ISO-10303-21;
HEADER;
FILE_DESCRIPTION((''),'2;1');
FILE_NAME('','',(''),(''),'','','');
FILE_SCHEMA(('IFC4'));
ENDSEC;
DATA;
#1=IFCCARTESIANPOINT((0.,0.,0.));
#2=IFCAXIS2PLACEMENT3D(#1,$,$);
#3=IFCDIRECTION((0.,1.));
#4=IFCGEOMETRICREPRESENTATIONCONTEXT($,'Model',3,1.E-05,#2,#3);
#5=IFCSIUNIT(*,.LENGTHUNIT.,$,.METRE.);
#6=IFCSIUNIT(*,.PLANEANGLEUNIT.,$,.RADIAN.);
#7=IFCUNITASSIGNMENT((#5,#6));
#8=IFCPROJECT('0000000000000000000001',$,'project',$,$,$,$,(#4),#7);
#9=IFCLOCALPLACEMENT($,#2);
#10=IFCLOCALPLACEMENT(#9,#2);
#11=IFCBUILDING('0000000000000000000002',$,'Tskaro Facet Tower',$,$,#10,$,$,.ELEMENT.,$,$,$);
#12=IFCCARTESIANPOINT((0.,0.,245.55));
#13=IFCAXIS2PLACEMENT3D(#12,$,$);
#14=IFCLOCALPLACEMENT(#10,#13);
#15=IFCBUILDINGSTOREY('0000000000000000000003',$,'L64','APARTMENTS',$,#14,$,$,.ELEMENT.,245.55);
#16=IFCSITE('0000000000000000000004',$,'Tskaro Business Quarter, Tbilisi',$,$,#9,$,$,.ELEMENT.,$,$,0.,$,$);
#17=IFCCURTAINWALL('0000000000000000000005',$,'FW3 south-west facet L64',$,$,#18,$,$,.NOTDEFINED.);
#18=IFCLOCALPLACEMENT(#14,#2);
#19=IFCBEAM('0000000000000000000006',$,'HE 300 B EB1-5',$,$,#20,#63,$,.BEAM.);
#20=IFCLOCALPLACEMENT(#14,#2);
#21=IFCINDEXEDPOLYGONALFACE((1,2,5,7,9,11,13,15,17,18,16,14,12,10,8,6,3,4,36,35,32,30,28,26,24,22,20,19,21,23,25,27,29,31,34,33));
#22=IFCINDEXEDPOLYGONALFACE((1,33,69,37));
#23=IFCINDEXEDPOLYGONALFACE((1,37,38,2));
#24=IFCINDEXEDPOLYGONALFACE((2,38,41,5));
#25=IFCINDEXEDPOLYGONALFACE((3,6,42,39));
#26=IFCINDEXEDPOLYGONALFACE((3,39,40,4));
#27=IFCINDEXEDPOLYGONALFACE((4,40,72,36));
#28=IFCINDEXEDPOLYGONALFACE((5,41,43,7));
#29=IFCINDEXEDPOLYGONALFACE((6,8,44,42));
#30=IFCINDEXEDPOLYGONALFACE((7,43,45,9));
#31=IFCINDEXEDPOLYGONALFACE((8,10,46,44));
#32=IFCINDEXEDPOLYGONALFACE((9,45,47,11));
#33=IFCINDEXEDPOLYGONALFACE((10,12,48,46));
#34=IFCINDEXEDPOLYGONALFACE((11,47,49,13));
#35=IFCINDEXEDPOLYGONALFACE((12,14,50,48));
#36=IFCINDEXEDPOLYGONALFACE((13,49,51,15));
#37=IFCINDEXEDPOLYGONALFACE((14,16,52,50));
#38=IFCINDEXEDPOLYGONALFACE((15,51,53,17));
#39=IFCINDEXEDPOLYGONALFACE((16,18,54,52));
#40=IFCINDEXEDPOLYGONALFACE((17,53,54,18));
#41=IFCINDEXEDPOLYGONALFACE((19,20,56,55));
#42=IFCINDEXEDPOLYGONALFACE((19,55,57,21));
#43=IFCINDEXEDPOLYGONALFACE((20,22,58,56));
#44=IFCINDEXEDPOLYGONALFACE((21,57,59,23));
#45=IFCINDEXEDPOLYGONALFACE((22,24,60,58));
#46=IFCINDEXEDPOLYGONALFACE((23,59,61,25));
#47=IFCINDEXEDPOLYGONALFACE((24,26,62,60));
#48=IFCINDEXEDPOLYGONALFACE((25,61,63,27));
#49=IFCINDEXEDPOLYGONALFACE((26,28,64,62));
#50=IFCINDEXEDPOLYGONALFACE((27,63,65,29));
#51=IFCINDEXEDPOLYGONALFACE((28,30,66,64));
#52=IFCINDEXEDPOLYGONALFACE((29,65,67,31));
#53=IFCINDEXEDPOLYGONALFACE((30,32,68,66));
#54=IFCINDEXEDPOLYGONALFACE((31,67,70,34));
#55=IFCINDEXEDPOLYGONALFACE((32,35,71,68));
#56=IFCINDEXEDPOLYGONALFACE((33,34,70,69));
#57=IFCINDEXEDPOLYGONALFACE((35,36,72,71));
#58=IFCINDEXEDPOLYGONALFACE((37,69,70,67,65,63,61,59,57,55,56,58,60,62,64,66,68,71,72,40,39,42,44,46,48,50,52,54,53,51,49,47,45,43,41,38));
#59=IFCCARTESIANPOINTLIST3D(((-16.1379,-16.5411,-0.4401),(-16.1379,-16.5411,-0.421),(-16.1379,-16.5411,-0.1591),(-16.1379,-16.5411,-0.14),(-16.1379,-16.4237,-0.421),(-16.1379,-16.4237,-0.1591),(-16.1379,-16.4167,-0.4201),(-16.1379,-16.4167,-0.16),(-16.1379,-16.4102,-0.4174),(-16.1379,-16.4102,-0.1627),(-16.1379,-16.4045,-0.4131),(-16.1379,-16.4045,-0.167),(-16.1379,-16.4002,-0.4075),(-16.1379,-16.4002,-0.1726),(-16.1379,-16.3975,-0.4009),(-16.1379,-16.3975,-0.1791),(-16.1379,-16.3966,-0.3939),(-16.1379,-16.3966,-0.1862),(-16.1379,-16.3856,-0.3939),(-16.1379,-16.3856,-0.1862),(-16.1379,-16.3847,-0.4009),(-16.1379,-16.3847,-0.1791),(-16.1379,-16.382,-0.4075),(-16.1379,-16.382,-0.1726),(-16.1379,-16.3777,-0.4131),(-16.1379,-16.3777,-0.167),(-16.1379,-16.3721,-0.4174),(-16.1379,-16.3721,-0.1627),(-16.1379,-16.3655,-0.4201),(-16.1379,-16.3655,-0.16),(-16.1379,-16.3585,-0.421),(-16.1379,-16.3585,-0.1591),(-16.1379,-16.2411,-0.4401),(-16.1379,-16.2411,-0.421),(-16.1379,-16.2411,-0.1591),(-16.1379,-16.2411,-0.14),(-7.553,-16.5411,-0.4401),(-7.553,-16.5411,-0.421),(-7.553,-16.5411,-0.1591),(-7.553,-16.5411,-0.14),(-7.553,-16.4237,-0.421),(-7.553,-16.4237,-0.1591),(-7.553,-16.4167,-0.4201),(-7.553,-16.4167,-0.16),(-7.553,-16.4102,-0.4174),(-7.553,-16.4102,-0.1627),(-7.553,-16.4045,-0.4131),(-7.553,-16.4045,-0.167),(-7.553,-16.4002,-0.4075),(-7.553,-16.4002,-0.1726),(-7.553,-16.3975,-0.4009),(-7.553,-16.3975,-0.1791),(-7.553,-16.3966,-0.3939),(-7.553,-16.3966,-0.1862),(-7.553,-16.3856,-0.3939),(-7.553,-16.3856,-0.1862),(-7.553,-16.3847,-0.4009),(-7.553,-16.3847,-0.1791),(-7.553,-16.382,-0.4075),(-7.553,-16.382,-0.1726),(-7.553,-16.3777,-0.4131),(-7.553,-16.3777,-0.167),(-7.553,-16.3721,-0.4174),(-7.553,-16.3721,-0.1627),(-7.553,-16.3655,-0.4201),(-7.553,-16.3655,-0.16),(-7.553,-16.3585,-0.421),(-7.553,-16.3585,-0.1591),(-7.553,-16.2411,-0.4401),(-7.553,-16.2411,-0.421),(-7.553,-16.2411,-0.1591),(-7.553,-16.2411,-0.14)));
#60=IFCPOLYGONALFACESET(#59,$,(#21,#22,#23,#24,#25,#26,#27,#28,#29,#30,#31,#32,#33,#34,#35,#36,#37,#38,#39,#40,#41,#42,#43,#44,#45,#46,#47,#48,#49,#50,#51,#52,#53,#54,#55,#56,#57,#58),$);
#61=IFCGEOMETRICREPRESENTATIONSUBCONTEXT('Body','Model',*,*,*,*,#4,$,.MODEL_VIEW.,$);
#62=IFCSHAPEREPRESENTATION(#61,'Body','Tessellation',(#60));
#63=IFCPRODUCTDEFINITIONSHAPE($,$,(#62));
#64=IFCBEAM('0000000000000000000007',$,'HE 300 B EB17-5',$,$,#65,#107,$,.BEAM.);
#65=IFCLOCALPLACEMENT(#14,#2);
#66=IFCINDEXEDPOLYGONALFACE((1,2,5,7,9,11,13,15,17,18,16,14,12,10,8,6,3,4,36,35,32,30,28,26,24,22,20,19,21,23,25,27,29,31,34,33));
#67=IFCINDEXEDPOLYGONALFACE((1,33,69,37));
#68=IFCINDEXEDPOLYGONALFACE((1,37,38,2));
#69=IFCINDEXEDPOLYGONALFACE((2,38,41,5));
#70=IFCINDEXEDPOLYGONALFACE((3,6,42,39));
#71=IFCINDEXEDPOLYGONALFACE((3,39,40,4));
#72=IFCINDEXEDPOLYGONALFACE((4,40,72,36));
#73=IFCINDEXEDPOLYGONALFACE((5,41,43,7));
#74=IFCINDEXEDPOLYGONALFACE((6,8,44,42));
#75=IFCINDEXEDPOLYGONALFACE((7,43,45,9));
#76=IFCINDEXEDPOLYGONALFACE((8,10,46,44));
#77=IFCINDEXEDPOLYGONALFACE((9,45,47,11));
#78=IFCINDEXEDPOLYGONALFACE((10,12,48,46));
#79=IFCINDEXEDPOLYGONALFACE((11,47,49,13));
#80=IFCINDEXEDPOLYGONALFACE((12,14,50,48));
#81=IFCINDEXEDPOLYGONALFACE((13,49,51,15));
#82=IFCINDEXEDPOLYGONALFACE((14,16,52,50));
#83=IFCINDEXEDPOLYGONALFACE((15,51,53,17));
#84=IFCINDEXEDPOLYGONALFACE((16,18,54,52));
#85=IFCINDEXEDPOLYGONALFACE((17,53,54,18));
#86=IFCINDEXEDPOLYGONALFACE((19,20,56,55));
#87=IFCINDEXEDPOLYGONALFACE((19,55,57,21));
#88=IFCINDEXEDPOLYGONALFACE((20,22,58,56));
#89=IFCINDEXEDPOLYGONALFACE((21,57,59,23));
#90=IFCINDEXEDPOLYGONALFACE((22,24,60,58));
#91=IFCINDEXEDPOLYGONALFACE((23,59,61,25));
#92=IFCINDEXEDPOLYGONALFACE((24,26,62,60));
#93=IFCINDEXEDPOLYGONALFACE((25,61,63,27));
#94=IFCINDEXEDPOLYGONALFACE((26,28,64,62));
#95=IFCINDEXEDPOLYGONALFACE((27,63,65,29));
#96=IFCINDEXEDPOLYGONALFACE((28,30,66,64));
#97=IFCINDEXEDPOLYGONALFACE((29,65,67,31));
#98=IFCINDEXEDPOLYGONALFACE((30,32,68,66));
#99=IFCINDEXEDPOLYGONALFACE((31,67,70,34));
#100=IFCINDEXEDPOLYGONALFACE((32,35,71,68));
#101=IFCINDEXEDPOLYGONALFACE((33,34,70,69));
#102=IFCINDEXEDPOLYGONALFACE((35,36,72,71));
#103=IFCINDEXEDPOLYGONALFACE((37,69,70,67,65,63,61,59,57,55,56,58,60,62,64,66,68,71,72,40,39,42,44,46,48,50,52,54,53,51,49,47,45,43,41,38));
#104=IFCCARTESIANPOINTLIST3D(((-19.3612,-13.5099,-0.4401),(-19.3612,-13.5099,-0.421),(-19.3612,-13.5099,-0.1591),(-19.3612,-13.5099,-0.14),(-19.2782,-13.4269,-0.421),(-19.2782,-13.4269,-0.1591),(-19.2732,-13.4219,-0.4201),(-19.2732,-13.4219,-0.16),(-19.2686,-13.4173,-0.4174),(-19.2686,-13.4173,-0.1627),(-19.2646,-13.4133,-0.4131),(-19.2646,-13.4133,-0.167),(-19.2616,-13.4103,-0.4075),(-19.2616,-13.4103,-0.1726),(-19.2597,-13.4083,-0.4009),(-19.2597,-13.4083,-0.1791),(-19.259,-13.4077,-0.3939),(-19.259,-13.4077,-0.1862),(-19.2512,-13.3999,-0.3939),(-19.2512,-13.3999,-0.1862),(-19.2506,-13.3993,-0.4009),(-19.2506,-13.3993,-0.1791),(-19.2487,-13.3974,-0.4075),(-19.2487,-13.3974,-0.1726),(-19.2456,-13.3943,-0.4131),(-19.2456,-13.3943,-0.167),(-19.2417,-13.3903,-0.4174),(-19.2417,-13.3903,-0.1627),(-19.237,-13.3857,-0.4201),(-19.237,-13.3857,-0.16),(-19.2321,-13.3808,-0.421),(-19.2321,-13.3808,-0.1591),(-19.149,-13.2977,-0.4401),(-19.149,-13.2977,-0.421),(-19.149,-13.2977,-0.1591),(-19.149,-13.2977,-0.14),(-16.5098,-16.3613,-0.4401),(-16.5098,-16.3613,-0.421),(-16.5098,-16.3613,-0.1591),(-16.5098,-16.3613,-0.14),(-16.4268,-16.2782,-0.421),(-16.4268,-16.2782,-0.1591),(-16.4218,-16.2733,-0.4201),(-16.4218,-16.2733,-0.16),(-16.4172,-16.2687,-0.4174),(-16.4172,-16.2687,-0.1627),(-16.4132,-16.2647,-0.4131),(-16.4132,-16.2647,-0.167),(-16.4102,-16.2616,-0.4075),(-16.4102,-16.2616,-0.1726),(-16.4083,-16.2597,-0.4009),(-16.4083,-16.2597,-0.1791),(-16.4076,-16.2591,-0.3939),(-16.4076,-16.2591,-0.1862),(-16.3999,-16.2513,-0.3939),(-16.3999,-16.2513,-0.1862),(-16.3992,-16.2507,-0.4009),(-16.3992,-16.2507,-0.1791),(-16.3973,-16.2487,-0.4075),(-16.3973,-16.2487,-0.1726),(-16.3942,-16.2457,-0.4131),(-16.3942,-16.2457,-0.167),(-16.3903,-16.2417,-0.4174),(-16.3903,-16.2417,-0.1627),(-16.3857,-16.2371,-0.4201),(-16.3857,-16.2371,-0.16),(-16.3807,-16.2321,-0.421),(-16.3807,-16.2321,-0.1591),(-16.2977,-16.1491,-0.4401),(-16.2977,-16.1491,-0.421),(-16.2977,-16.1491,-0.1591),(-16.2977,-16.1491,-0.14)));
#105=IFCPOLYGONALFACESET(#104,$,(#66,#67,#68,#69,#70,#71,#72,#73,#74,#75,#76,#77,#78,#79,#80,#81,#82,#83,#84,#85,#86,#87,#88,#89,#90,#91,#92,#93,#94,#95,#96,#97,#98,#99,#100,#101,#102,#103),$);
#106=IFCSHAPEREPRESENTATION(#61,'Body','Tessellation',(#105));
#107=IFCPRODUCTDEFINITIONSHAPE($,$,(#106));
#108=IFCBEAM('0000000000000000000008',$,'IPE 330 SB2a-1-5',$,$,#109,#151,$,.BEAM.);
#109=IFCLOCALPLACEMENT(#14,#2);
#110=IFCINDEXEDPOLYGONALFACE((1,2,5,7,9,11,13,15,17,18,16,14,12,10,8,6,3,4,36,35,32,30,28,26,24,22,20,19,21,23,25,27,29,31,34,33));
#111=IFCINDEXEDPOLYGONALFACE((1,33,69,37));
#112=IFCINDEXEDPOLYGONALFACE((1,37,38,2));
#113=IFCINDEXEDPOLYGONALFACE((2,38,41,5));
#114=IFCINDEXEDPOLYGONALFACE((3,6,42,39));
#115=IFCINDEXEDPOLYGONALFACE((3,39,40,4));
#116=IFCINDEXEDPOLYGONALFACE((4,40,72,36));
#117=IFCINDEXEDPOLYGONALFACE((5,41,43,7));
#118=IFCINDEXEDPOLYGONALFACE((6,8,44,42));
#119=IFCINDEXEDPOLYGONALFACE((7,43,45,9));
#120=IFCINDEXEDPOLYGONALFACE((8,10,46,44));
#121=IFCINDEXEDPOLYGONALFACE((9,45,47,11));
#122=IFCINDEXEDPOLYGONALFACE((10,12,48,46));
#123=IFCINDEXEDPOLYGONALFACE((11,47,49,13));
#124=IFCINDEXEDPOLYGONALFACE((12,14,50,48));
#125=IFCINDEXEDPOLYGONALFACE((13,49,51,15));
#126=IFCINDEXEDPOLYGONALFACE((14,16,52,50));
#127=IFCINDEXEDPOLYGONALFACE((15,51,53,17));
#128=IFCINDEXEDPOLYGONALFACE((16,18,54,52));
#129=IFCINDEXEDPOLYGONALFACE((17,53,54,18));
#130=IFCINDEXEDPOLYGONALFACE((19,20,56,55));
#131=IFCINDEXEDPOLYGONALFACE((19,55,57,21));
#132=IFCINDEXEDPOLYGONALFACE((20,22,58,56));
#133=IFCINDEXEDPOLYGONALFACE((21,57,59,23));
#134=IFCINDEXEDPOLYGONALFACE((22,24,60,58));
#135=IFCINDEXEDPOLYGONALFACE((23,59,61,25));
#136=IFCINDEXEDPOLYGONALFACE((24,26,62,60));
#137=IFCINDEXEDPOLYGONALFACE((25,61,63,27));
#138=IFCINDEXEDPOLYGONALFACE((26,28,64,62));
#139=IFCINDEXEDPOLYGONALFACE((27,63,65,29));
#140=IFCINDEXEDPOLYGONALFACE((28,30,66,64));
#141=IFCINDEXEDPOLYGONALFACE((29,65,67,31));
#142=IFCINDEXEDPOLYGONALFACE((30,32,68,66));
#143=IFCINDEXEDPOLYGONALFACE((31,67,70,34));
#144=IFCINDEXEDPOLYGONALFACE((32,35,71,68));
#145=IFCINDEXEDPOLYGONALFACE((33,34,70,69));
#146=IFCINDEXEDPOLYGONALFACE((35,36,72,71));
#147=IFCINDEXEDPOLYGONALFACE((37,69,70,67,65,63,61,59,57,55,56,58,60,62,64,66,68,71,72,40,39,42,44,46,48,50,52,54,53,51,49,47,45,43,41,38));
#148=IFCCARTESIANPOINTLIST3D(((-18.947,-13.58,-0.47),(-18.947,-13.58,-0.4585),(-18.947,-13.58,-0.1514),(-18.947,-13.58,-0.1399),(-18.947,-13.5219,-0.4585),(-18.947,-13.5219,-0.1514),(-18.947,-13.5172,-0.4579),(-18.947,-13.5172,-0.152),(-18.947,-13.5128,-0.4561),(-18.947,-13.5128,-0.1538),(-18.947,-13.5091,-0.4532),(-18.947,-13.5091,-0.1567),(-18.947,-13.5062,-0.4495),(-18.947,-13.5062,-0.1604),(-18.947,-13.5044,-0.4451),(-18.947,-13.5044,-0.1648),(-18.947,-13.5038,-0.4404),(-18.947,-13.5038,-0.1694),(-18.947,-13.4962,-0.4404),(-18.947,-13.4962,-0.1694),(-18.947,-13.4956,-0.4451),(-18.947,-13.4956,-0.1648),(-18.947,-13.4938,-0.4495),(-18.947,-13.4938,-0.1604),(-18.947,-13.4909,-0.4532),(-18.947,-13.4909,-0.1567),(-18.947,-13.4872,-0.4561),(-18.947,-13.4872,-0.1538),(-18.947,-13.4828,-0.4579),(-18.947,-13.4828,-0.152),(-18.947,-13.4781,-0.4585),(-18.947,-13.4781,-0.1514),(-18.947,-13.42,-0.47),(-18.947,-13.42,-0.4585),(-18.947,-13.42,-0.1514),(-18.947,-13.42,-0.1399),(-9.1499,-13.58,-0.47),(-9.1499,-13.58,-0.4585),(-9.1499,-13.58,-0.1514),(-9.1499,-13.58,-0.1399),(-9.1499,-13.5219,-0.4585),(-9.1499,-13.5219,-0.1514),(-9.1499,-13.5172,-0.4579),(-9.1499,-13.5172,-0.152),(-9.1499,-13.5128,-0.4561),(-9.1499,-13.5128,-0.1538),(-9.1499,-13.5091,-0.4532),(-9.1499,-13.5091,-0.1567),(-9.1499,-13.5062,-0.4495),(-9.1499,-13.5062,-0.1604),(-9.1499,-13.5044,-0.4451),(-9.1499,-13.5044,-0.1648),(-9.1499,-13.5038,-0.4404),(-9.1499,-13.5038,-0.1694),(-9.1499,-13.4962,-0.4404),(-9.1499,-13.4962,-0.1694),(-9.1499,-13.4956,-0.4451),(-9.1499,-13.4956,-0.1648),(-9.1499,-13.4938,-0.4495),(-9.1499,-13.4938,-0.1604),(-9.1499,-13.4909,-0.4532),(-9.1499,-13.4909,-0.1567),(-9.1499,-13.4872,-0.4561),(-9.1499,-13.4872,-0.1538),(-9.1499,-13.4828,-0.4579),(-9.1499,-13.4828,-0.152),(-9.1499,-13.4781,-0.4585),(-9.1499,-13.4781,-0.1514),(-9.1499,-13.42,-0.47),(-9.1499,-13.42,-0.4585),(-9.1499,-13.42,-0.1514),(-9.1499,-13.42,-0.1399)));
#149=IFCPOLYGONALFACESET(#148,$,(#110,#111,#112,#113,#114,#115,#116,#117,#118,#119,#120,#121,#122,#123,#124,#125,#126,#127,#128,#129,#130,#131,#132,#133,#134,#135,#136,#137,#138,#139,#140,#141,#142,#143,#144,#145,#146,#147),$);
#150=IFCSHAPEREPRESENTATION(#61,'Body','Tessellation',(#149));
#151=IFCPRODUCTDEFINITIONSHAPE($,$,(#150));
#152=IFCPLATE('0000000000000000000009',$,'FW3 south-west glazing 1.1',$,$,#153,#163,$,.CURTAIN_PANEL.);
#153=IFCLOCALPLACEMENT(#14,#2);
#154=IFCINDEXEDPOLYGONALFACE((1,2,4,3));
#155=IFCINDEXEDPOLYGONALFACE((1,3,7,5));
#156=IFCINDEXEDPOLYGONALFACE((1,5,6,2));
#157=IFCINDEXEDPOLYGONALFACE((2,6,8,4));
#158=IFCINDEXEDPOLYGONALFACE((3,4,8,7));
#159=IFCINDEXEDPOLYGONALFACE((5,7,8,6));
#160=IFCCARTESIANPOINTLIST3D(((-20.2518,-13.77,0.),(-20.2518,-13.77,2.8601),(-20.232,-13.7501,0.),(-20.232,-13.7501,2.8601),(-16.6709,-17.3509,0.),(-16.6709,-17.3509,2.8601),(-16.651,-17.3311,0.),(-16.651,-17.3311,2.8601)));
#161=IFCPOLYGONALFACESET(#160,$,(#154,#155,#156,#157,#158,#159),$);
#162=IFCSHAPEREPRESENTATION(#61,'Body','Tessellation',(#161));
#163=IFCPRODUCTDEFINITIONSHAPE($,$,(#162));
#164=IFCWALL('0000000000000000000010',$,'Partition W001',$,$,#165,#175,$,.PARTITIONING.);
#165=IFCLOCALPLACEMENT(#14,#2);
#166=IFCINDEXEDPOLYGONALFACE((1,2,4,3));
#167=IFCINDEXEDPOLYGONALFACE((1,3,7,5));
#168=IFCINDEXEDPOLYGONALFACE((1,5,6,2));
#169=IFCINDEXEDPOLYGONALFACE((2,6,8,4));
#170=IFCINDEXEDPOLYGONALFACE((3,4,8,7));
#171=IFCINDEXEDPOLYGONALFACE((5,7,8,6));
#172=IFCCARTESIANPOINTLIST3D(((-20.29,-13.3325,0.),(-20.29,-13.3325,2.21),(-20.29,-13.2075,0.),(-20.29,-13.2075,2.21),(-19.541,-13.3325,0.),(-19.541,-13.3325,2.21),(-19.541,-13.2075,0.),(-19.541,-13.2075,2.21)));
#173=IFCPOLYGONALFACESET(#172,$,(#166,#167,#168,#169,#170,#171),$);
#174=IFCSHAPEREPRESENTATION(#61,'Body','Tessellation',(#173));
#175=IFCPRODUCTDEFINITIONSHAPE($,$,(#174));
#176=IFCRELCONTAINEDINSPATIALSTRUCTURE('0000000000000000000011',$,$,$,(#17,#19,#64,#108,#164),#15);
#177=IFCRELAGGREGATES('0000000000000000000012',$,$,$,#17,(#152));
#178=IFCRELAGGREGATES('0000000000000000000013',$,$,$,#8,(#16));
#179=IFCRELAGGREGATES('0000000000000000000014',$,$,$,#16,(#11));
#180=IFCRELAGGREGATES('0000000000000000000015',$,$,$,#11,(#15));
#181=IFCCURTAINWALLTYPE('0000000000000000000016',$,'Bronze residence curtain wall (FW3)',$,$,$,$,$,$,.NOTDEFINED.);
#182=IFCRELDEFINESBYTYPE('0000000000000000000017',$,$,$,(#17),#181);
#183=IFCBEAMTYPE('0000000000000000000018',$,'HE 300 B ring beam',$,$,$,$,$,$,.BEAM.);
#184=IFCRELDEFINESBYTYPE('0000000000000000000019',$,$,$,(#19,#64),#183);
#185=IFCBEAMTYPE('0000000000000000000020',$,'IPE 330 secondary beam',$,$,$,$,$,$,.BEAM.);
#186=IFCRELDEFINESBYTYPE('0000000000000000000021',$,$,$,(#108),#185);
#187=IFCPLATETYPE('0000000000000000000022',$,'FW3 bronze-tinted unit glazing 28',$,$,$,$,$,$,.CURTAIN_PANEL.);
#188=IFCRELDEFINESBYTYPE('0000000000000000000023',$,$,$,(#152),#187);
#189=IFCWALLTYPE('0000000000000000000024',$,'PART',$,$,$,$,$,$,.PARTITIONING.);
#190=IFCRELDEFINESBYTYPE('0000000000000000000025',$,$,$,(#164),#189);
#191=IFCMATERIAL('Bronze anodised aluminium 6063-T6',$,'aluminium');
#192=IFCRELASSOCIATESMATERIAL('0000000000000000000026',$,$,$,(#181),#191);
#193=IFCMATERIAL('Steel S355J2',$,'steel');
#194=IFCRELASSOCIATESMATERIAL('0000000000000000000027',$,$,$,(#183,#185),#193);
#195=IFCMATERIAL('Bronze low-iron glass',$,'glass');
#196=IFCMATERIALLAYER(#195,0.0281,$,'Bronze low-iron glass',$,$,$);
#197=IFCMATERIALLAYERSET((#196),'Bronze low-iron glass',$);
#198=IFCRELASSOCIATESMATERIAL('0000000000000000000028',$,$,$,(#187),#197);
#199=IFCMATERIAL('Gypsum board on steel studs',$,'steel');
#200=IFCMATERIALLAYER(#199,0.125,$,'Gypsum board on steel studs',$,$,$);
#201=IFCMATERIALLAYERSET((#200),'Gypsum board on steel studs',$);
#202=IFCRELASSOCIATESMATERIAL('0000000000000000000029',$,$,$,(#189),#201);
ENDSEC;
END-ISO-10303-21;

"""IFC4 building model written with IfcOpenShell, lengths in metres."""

from ifc_helpers import new_model, si_unit, direction, frame, frame_2d, origin, origin_2d, place, context, subcontext, project, spatial, rectangle, i_section, extrude, material, layer, layer_set, material_profile, profile_set, type_object, element, aggregate, save


model = new_model("IFC4")

# Units and contexts
model_context = context("Model", 3, precision=1e-05, world=origin(), true_north=direction((0.0, 1.0)))
body_context = subcontext(model_context, "Body", "Model", "MODEL_VIEW")
ifc_project = project(units=[si_unit("LENGTHUNIT", "METRE"), si_unit("PLANEANGLEUNIT", "RADIAN")], contexts=[model_context])

# Site, building, storey
site_placement = place(None, origin())
site = spatial("IfcSite", under=ifc_project, at=site_placement, Name="Tskaro Business Quarter, Tbilisi", CompositionType="ELEMENT", RefElevation=0.0)
building_placement = place(site_placement, origin())
building = spatial("IfcBuilding", under=site, at=building_placement, Name="Tskaro Facet Tower", CompositionType="ELEMENT")
storey_placement = place(building_placement, frame((0.0, 0.0, 245.55)))
storey = spatial("IfcBuildingStorey", under=building, at=storey_placement, Name="L64", Description="APARTMENTS", CompositionType="ELEMENT", Elevation=245.55)

# Shared definitions
ifc_material_1 = material(Name="Steel S355J2", Category="steel")

# Curtain wall
ifc_material_2 = material(Name="Bronze anodised aluminium 6063-T6", Category="aluminium")
curtain_wall_type = type_object("IfcCurtainWallType", Name="Bronze residence curtain wall (FW3)", PredefinedType="NOTDEFINED", material=ifc_material_2)
curtain_wall_1_placement = place(storey_placement, origin())
curtain_wall_1 = element("IfcCurtainWall", 1, at=curtain_wall_1_placement, inside=storey, type_object=curtain_wall_type, Name="FW3 south-west facet L64", PredefinedType="NOTDEFINED")

# Beams
ifc_material_profile_1 = material_profile(ifc_material_1, i_section(OverallWidth=0.3, OverallDepth=0.3, WebThickness=0.011, FlangeThickness=0.019, FilletRadius=0.0271, at=origin_2d()), Name="HE 300 B")
ifc_profile_set_1 = profile_set([ifc_material_profile_1], Name="Steel S355J2")
beam_type_1 = type_object("IfcBeamType", Name="HE 300 B ring beam", PredefinedType="BEAM", material=ifc_profile_set_1)
beam_1_placement = place(storey_placement, frame((-16.1379, -16.3911, -0.29), z_axis=(1.0, 0.0, 0.0), x_axis=(0.0, 1.0, 0.0)))
element("IfcBeam", 2, at=beam_1_placement, inside=storey, type_object=beam_type_1, Name="HE 300 B EB1-5", PredefinedType="BEAM", context=body_context, shape_type="SweptSolid", body=[
    extrude(i_section(OverallWidth=0.3, OverallDepth=0.3, WebThickness=0.011, FlangeThickness=0.019, FilletRadius=0.0271, at=origin_2d()), origin(), (0.0, 0.0, 1.0), 8.585),
])
beam_2_placement = place(storey_placement, frame((-19.2551, -13.4038, -0.29), z_axis=(0.707107, -0.707107, 0.0), x_axis=(0.707107, 0.707107, 0.0)))
element("IfcBeam", 3, at=beam_2_placement, inside=storey, type_object=beam_type_1, Name="HE 300 B EB17-5", PredefinedType="BEAM", context=body_context, shape_type="SweptSolid", body=[
    extrude(i_section(OverallWidth=0.3, OverallDepth=0.3, WebThickness=0.011, FlangeThickness=0.019, FilletRadius=0.0271, at=origin_2d()), origin(), (0.0, 0.0, 1.0), 4.0325),
])
ifc_material_profile_2 = material_profile(ifc_material_1, i_section(OverallWidth=0.1599, OverallDepth=0.3301, WebThickness=0.0076, FlangeThickness=0.0115, FilletRadius=0.0181, at=origin_2d()), Name="IPE 330")
ifc_profile_set_2 = profile_set([ifc_material_profile_2], Name="Steel S355J2")
beam_type_2 = type_object("IfcBeamType", Name="IPE 330 secondary beam", PredefinedType="BEAM", material=ifc_profile_set_2)
beam_3_placement = place(storey_placement, frame((-18.947, -13.5, -0.3049), z_axis=(1.0, 0.0, 0.0), x_axis=(0.0, 1.0, 0.0)))
element("IfcBeam", 4, at=beam_3_placement, inside=storey, type_object=beam_type_2, Name="IPE 330 SB2a-1-5", PredefinedType="BEAM", context=body_context, shape_type="SweptSolid", body=[
    extrude(i_section(OverallWidth=0.1599, OverallDepth=0.3301, WebThickness=0.0076, FlangeThickness=0.0115, FilletRadius=0.0181, at=origin_2d()), origin(), (0.0, 0.0, 1.0), 9.7971),
])

# Plate
ifc_material_3 = material(Name="Bronze low-iron glass", Category="glass")
ifc_layer_1 = layer(ifc_material_3, 0.0281, Name="Bronze low-iron glass")
ifc_layer_set_1 = layer_set([ifc_layer_1], Name="Bronze low-iron glass")
plate_type = type_object("IfcPlateType", Name="FW3 bronze-tinted unit glazing 28", PredefinedType="CURTAIN_PANEL", material=ifc_layer_set_1)
plate_placement = place(storey_placement, frame((-18.4514, -15.5505, 0.0), z_axis=(0.0, 0.0, 1.0), x_axis=(0.707107, -0.707107, 0.0)))
plate = element("IfcPlate", 5, at=plate_placement, type_object=plate_type, Name="FW3 south-west glazing 1.1", PredefinedType="CURTAIN_PANEL", context=body_context, shape_type="SweptSolid", body=[
    extrude(rectangle(XDim=5.0642, YDim=0.0281, at=origin_2d()), origin(), (0.0, 0.0, 1.0), 2.8601),
])
aggregate(curtain_wall_1, [plate])

# Wall
ifc_material_4 = material(Name="Gypsum board on steel studs", Category="steel")
ifc_layer_2 = layer(ifc_material_4, 0.125, Name="Gypsum board on steel studs")
ifc_layer_set_2 = layer_set([ifc_layer_2], Name="Gypsum board on steel studs")
wall_type = type_object("IfcWallType", Name="PART", PredefinedType="PARTITIONING", material=ifc_layer_set_2)
wall_1_placement = place(storey_placement, frame((-20.29, -13.27, 0.0), z_axis=(0.0, 0.0, 1.0), x_axis=(1.0, 0.0, 0.0)))
element("IfcWall", 6, at=wall_1_placement, inside=storey, type_object=wall_type, Name="Partition W001", PredefinedType="PARTITIONING", context=body_context, shape_type="SweptSolid", body=[
    extrude(rectangle(XDim=0.749, YDim=0.125, at=frame_2d((0.3745, 0.0))), origin(), (0.0, 0.0, 1.0), 2.21),
])

save(model, "model.ifc")
